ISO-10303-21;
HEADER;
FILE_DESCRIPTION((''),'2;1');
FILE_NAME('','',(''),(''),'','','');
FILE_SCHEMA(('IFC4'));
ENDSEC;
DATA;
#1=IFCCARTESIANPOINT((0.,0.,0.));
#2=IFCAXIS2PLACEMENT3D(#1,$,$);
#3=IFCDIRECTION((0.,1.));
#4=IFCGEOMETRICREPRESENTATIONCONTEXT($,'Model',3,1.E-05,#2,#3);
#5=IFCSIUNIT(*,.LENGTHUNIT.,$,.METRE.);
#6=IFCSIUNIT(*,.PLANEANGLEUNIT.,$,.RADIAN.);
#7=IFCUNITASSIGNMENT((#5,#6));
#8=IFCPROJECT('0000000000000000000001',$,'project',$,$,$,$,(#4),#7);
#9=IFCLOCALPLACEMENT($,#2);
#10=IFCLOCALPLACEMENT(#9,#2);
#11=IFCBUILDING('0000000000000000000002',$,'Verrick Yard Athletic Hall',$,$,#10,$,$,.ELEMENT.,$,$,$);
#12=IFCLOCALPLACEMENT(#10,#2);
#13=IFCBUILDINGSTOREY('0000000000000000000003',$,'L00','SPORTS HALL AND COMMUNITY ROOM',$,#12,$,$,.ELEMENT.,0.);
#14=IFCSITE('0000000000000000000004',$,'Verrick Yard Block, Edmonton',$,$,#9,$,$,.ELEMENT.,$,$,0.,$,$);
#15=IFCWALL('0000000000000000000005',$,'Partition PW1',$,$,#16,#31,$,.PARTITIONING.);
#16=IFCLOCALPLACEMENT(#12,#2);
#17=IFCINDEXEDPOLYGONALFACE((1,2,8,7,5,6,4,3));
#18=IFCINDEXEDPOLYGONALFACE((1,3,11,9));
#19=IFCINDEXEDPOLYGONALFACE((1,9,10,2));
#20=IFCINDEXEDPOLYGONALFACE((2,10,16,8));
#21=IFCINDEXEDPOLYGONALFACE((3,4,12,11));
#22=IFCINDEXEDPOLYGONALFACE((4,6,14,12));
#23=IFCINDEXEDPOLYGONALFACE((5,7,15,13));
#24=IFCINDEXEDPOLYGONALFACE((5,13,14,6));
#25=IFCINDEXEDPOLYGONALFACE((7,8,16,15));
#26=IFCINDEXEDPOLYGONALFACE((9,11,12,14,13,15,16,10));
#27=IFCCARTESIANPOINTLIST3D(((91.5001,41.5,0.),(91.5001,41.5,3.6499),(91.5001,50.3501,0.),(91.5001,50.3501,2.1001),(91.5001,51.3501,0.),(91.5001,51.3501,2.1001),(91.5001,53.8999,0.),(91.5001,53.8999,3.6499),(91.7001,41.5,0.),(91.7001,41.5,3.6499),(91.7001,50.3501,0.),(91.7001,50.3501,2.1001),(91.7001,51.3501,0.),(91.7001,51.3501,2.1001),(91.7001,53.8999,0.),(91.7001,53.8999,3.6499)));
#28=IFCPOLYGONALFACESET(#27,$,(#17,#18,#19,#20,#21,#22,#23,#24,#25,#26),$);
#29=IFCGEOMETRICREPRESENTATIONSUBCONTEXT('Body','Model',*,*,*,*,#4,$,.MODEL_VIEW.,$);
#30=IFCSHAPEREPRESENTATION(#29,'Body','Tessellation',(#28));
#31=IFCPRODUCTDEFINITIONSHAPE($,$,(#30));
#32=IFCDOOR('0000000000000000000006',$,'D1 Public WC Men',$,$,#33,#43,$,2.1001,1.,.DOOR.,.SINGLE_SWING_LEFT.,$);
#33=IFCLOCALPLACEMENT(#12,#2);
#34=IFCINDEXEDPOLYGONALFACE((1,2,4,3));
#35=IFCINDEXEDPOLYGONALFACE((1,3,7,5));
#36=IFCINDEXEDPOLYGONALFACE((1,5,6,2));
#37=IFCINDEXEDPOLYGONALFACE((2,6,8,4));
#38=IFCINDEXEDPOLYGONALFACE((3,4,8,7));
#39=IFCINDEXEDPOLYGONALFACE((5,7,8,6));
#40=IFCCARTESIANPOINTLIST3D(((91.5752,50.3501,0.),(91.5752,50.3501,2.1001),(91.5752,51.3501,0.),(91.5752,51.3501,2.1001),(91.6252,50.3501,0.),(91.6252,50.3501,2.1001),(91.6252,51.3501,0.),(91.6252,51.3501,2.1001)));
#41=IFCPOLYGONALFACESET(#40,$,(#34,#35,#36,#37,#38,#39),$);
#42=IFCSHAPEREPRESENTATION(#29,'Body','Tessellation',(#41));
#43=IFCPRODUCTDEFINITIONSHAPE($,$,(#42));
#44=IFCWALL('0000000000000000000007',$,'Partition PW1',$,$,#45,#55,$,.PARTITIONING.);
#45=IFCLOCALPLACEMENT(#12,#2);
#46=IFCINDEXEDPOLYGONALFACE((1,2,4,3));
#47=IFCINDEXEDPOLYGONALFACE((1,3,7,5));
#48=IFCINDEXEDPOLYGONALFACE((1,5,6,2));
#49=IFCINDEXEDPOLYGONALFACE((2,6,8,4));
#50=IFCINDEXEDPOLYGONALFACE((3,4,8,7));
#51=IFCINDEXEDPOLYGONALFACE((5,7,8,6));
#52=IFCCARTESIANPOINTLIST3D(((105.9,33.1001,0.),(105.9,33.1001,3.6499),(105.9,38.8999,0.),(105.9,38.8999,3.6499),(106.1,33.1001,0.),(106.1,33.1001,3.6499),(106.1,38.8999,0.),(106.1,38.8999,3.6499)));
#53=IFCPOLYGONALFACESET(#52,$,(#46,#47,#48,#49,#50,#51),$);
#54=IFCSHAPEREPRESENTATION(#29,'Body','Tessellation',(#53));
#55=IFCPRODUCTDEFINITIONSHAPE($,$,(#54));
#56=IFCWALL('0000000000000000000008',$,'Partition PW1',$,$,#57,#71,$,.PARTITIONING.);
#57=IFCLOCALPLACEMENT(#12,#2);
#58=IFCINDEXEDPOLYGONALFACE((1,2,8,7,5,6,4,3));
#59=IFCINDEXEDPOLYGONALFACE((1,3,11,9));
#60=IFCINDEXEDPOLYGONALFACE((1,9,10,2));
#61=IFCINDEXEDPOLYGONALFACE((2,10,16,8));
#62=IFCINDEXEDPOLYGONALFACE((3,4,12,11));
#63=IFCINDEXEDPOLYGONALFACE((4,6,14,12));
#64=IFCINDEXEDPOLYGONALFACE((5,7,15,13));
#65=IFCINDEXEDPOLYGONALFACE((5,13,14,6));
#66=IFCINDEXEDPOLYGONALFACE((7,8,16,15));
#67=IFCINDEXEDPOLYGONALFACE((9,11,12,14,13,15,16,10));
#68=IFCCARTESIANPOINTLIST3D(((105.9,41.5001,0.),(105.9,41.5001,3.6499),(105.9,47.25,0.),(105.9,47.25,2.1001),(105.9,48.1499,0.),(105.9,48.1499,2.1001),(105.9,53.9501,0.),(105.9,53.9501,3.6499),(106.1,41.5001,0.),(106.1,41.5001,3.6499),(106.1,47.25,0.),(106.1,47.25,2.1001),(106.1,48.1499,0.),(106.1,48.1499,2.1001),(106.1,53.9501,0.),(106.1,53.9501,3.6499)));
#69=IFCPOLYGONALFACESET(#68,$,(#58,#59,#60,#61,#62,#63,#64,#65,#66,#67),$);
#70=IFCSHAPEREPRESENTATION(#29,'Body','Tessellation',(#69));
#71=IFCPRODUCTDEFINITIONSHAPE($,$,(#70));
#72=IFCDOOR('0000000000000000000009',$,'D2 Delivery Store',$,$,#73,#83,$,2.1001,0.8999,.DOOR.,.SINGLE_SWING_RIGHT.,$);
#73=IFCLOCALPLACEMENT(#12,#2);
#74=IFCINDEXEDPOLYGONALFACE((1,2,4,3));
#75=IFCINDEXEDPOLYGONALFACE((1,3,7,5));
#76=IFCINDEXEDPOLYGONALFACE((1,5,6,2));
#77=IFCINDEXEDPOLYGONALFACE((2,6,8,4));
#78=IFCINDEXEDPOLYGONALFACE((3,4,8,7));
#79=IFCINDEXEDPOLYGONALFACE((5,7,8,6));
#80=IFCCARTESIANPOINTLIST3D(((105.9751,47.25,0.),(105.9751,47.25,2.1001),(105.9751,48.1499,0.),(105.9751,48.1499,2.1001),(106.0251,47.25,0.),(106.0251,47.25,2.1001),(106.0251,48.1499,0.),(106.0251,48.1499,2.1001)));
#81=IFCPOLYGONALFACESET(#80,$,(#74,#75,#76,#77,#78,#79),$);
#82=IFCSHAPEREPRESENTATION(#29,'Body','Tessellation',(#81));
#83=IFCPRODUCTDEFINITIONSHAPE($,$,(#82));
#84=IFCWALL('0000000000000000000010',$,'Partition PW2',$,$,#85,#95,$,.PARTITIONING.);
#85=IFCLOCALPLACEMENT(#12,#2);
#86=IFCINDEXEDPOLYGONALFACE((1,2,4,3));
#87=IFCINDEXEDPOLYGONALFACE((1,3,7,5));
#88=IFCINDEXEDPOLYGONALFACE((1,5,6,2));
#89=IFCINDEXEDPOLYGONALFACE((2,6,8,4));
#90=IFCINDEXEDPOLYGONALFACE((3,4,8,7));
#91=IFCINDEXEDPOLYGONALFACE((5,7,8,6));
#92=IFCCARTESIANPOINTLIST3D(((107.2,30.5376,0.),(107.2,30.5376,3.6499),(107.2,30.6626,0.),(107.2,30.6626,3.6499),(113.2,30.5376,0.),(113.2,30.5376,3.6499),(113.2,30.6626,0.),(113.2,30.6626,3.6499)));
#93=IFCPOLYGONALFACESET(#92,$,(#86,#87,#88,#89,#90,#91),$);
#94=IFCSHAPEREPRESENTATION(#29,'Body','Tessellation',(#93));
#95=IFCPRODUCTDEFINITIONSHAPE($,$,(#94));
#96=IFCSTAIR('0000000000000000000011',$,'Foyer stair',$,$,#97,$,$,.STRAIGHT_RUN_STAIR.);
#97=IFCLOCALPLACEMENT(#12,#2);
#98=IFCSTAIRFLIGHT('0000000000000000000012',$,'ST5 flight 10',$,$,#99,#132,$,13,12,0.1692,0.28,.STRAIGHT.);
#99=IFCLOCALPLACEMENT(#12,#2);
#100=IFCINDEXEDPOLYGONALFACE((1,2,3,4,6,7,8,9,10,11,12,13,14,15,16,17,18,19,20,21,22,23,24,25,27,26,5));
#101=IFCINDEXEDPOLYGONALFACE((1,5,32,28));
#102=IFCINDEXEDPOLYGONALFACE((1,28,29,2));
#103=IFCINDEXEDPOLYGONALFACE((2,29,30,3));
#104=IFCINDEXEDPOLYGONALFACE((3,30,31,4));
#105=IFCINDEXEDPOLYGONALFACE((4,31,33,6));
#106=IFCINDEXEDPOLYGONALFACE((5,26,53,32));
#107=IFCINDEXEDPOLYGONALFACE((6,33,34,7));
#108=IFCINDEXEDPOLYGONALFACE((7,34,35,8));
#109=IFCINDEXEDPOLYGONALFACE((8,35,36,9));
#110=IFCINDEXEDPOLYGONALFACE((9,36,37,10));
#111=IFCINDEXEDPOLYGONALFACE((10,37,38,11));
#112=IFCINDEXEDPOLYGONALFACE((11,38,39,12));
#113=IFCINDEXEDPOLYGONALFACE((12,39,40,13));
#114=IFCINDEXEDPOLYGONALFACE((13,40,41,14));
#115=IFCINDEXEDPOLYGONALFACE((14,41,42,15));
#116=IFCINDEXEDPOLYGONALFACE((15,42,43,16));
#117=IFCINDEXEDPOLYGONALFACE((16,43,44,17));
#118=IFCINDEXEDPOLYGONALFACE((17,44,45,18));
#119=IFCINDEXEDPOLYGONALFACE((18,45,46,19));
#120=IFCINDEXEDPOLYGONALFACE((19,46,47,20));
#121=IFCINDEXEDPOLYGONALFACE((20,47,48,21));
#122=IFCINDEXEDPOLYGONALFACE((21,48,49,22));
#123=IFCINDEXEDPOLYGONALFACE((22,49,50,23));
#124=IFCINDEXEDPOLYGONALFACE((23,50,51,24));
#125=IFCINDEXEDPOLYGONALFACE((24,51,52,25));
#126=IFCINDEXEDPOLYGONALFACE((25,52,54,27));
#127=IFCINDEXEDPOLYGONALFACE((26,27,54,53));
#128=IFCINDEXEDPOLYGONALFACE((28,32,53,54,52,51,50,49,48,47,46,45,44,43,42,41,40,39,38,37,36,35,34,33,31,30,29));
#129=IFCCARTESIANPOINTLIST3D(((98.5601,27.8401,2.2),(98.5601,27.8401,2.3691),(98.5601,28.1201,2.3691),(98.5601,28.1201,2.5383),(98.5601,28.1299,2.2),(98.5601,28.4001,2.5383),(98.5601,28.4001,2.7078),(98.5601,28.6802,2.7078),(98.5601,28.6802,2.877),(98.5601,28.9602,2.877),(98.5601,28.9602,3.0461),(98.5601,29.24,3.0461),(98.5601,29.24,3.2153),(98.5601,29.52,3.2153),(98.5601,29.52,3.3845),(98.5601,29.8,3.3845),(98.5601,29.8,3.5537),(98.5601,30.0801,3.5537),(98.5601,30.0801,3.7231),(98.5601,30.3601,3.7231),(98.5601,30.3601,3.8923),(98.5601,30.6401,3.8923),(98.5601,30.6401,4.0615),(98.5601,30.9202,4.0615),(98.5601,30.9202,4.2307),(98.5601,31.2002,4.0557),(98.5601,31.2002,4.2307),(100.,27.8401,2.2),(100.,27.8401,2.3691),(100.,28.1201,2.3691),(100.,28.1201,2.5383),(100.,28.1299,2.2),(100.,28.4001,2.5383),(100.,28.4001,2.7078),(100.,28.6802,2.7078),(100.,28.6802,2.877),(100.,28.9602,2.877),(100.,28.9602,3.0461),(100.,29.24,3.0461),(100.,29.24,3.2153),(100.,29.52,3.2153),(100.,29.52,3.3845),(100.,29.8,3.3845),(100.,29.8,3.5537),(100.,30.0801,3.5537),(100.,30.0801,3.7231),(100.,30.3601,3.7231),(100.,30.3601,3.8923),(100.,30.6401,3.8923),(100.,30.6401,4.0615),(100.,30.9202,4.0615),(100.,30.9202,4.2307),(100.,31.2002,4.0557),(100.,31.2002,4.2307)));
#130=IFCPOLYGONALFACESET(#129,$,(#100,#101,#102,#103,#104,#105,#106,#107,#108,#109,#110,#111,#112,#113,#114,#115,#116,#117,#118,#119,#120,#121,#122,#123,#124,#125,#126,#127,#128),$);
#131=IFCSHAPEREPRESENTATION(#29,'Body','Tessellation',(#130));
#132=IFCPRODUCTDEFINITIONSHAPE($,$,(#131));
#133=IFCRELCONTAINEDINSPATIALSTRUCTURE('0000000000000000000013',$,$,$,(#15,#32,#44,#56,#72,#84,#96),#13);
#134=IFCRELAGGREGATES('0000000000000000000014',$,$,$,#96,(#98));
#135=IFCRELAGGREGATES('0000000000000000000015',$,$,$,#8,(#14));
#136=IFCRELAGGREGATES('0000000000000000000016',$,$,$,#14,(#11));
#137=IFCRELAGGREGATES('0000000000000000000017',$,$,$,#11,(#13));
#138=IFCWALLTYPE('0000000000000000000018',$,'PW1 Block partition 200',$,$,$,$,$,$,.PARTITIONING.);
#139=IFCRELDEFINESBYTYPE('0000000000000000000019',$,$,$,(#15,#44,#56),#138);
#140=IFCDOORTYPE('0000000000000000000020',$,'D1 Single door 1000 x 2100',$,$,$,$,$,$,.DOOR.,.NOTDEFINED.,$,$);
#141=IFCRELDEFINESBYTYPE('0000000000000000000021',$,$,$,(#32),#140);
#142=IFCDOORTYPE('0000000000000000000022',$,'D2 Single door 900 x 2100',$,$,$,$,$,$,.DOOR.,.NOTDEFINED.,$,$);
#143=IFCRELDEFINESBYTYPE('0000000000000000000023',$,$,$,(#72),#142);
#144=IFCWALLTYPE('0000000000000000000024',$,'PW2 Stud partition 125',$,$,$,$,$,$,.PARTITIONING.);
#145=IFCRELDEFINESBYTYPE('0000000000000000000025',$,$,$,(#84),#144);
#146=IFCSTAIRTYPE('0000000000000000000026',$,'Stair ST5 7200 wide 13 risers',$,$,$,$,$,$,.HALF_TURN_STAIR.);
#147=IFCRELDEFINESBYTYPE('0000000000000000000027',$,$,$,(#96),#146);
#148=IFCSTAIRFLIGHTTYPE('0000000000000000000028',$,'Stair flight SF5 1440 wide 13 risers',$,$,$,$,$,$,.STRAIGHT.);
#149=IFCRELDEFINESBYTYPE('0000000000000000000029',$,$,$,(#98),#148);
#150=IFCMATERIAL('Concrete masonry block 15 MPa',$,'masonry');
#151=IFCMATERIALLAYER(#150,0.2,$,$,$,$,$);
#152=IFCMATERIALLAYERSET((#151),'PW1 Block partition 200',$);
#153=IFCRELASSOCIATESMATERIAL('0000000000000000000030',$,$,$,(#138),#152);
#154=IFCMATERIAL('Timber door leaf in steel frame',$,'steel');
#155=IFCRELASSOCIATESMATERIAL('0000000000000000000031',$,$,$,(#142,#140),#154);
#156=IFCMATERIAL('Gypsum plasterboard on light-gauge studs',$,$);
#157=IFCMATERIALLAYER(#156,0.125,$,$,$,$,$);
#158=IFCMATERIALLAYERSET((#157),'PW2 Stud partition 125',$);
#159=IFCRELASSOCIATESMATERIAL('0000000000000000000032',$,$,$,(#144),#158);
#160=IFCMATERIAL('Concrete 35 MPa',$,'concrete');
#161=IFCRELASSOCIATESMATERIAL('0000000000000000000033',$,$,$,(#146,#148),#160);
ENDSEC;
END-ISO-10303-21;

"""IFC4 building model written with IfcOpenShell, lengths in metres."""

from ifc_helpers import new_model, si_unit, direction, frame, frame_2d, origin, place, context, subcontext, project, spatial, polyline, rectangle, outline, extrude, material, layer, layer_set, type_object, element, fill, aggregate, save


model = new_model("IFC4")

# Units and contexts
model_context = context("Model", 3, precision=1e-05, world=origin(), true_north=direction((0.0, 1.0)))
body_context = subcontext(model_context, "Body", "Model", "MODEL_VIEW")
ifc_project = project(units=[si_unit("LENGTHUNIT", "METRE"), si_unit("PLANEANGLEUNIT", "RADIAN")], contexts=[model_context])

# Site, building, storey
site_placement = place(None, origin())
site = spatial("IfcSite", under=ifc_project, at=site_placement, Name="Verrick Yard Block, Edmonton", CompositionType="ELEMENT", RefElevation=0.0)
building_placement = place(site_placement, origin())
building = spatial("IfcBuilding", under=site, at=building_placement, Name="Verrick Yard Athletic Hall", CompositionType="ELEMENT")
storey_placement = place(building_placement, origin())
storey = spatial("IfcBuildingStorey", under=building, at=storey_placement, Name="L00", Description="SPORTS HALL AND COMMUNITY ROOM", CompositionType="ELEMENT", Elevation=0.0)

# Shared definitions
ifc_material_1 = material(Name="Concrete 35 MPa", Category="concrete")

# Shared definitions
ifc_material_2 = material(Name="Concrete masonry block 15 MPa", Category="masonry")
ifc_layer_1 = layer(ifc_material_2, 0.2)
ifc_layer_set_1 = layer_set([ifc_layer_1], Name="PW1 Block partition 200")
wall_type_1 = type_object("IfcWallType", Name="PW1 Block partition 200", PredefinedType="PARTITIONING", material=ifc_layer_set_1)

# Shared definitions
ifc_material_3 = material(Name="Timber door leaf in steel frame", Category="steel")
door_type_1 = type_object("IfcDoorType", Name="D2 Single door 900 x 2100", OperationType="NOTDEFINED", PredefinedType="DOOR", material=ifc_material_3)

# Wall, opening, door
wall_1_placement = place(storey_placement, frame((91.6001, 41.5, 0.0), z_axis=(0.0, 0.0, 1.0), x_axis=(0.0, 1.0, 0.0)))
wall_1 = element("IfcWall", 1, at=wall_1_placement, inside=storey, type_object=wall_type_1, Name="Partition PW1", PredefinedType="PARTITIONING", context=body_context, shape_type="SweptSolid", body=[
    extrude(rectangle(XDim=12.3999, YDim=0.2, at=frame_2d((6.2, 0.0))), origin(), (0.0, 0.0, 1.0), 3.6499),
])
opening_1_placement = place(wall_1_placement, frame((8.8501, 0.0, 0.0)))
opening_1 = element("IfcOpeningElement", 2, at=opening_1_placement, cuts=wall_1, PredefinedType="OPENING", context=body_context, shape_type="SweptSolid", body=[
    extrude(rectangle(XDim=1.0, YDim=2.1001, at=frame_2d((0.5, 1.05))), frame((0.0, 0.1099, 0.0), z_axis=(0.0, -1.0, 0.0), x_axis=(1.0, 0.0, 0.0)), (0.0, 0.0, 1.0), 0.22),
])
door_type_2 = type_object("IfcDoorType", Name="D1 Single door 1000 x 2100", OperationType="NOTDEFINED", PredefinedType="DOOR", material=ifc_material_3)
door_1_placement = place(opening_1_placement, origin())
door_1 = element("IfcDoor", 3, at=door_1_placement, inside=storey, type_object=door_type_2, Name="D1 Public WC Men", OperationType="SINGLE_SWING_LEFT", OverallHeight=2.1001, OverallWidth=1.0, PredefinedType="DOOR", context=body_context, shape_type="SweptSolid", body=[
    extrude(rectangle(XDim=1.0, YDim=2.1001, at=frame_2d((0.5, 1.05))), frame((0.0, 0.0249, 0.0), z_axis=(0.0, -1.0, 0.0), x_axis=(1.0, 0.0, 0.0)), (0.0, 0.0, 1.0), 0.05),
])
fill(opening_1, door_1)

# Wall
wall_2_placement = place(storey_placement, frame((106.0, 33.1001, 0.0), z_axis=(0.0, 0.0, 1.0), x_axis=(0.0, 1.0, 0.0)))
element("IfcWall", 4, at=wall_2_placement, inside=storey, type_object=wall_type_1, Name="Partition PW1", PredefinedType="PARTITIONING", context=body_context, shape_type="SweptSolid", body=[
    extrude(rectangle(XDim=5.7998, YDim=0.2, at=frame_2d((2.8999, 0.0))), origin(), (0.0, 0.0, 1.0), 3.6499),
])

# Wall, opening, door
wall_3_placement = place(storey_placement, frame((106.0, 41.5, 0.0), z_axis=(0.0, 0.0, 1.0), x_axis=(0.0, 1.0, 0.0)))
wall_3 = element("IfcWall", 5, at=wall_3_placement, inside=storey, type_object=wall_type_1, Name="Partition PW1", PredefinedType="PARTITIONING", context=body_context, shape_type="SweptSolid", body=[
    extrude(rectangle(XDim=12.45, YDim=0.2, at=frame_2d((6.2251, 0.0))), origin(), (0.0, 0.0, 1.0), 3.6499),
])
opening_2_placement = place(wall_3_placement, frame((5.75, 0.0, 0.0)))
opening_2 = element("IfcOpeningElement", 6, at=opening_2_placement, cuts=wall_3, PredefinedType="OPENING", context=body_context, shape_type="SweptSolid", body=[
    extrude(rectangle(XDim=0.8999, YDim=2.1001, at=frame_2d((0.45, 1.05))), frame((0.0, 0.1099, 0.0), z_axis=(0.0, -1.0, 0.0), x_axis=(1.0, 0.0, 0.0)), (0.0, 0.0, 1.0), 0.22),
])
door_2_placement = place(opening_2_placement, origin())
door_2 = element("IfcDoor", 7, at=door_2_placement, inside=storey, type_object=door_type_1, Name="D2 Delivery Store", OperationType="SINGLE_SWING_RIGHT", OverallHeight=2.1001, OverallWidth=0.8999, PredefinedType="DOOR", context=body_context, shape_type="SweptSolid", body=[
    extrude(rectangle(XDim=0.8999, YDim=2.1001, at=frame_2d((0.45, 1.05))), frame((0.0, 0.0249, 0.0), z_axis=(0.0, -1.0, 0.0), x_axis=(1.0, 0.0, 0.0)), (0.0, 0.0, 1.0), 0.05),
])
fill(opening_2, door_2)

# Wall
ifc_material_4 = material(Name="Gypsum plasterboard on light-gauge studs")
ifc_layer_2 = layer(ifc_material_4, 0.125)
ifc_layer_set_2 = layer_set([ifc_layer_2], Name="PW2 Stud partition 125")
wall_type_2 = type_object("IfcWallType", Name="PW2 Stud partition 125", PredefinedType="PARTITIONING", material=ifc_layer_set_2)
wall_4_placement = place(storey_placement, frame((107.2, 30.6001, 0.0), z_axis=(0.0, 0.0, 1.0), x_axis=(1.0, 0.0, 0.0)))
element("IfcWall", 8, at=wall_4_placement, inside=storey, type_object=wall_type_2, Name="Partition PW2", PredefinedType="PARTITIONING", context=body_context, shape_type="SweptSolid", body=[
    extrude(rectangle(XDim=6.0, YDim=0.125, at=frame_2d((3.0, 0.0))), origin(), (0.0, 0.0, 1.0), 3.6499),
])

# Stair, stair flight
stair_type = type_object("IfcStairType", Name="Stair ST5 7200 wide 13 risers", PredefinedType="HALF_TURN_STAIR", material=ifc_material_1)
stair_placement = place(storey_placement, origin())
stair = element("IfcStair", 9, at=stair_placement, inside=storey, type_object=stair_type, Name="Foyer stair", PredefinedType="STRAIGHT_RUN_STAIR")
stair_flight_type = type_object("IfcStairFlightType", Name="Stair flight SF5 1440 wide 13 risers", PredefinedType="STRAIGHT", material=ifc_material_1)
stair_flight_placement = place(storey_placement, frame((99.28, 27.8401, 2.2), z_axis=(0.0, 0.0, 1.0), x_axis=(0.0, 1.0, 0.0)))
stair_flight = element("IfcStairFlight", 10, at=stair_flight_placement, type_object=stair_flight_type, Name="ST5 flight 10", NumberOfRisers=13, NumberOfTreads=12, PredefinedType="STRAIGHT", RiserHeight=0.1692, TreadLength=0.28, context=body_context, shape_type="SweptSolid", body=[
    extrude(outline(polyline([(0.0, 0.0), (0.0, 0.1692), (0.28, 0.1692), (0.28, 0.3384), (0.5601, 0.3384), (0.5601, 0.5078), (0.8401, 0.5078), (0.8401, 0.677), (1.1201, 0.677), (1.1201, 0.8462), (1.3999, 0.8462), (1.3999, 1.0154), (1.6799, 1.0154), (1.6799, 1.1846), (1.96, 1.1846), (1.96, 1.3538), (2.24, 1.3538), (2.24, 1.5232), (2.52, 1.5232), (2.52, 1.6924), (2.8, 1.6924), (2.8, 1.8616), (3.0801, 1.8616), (3.0801, 2.0308), (3.3601, 2.0308), (3.3601, 2.2), (3.3601, 1.8557), (0.2898, 0.0), (0.0, 0.0)])), frame((0.0, 0.72, 0.0), z_axis=(0.0, -1.0, 0.0), x_axis=(1.0, 0.0, 0.0)), (0.0, 0.0, 1.0), 1.4399),
])
aggregate(stair, [stair_flight])

save(model, "model.ifc")
